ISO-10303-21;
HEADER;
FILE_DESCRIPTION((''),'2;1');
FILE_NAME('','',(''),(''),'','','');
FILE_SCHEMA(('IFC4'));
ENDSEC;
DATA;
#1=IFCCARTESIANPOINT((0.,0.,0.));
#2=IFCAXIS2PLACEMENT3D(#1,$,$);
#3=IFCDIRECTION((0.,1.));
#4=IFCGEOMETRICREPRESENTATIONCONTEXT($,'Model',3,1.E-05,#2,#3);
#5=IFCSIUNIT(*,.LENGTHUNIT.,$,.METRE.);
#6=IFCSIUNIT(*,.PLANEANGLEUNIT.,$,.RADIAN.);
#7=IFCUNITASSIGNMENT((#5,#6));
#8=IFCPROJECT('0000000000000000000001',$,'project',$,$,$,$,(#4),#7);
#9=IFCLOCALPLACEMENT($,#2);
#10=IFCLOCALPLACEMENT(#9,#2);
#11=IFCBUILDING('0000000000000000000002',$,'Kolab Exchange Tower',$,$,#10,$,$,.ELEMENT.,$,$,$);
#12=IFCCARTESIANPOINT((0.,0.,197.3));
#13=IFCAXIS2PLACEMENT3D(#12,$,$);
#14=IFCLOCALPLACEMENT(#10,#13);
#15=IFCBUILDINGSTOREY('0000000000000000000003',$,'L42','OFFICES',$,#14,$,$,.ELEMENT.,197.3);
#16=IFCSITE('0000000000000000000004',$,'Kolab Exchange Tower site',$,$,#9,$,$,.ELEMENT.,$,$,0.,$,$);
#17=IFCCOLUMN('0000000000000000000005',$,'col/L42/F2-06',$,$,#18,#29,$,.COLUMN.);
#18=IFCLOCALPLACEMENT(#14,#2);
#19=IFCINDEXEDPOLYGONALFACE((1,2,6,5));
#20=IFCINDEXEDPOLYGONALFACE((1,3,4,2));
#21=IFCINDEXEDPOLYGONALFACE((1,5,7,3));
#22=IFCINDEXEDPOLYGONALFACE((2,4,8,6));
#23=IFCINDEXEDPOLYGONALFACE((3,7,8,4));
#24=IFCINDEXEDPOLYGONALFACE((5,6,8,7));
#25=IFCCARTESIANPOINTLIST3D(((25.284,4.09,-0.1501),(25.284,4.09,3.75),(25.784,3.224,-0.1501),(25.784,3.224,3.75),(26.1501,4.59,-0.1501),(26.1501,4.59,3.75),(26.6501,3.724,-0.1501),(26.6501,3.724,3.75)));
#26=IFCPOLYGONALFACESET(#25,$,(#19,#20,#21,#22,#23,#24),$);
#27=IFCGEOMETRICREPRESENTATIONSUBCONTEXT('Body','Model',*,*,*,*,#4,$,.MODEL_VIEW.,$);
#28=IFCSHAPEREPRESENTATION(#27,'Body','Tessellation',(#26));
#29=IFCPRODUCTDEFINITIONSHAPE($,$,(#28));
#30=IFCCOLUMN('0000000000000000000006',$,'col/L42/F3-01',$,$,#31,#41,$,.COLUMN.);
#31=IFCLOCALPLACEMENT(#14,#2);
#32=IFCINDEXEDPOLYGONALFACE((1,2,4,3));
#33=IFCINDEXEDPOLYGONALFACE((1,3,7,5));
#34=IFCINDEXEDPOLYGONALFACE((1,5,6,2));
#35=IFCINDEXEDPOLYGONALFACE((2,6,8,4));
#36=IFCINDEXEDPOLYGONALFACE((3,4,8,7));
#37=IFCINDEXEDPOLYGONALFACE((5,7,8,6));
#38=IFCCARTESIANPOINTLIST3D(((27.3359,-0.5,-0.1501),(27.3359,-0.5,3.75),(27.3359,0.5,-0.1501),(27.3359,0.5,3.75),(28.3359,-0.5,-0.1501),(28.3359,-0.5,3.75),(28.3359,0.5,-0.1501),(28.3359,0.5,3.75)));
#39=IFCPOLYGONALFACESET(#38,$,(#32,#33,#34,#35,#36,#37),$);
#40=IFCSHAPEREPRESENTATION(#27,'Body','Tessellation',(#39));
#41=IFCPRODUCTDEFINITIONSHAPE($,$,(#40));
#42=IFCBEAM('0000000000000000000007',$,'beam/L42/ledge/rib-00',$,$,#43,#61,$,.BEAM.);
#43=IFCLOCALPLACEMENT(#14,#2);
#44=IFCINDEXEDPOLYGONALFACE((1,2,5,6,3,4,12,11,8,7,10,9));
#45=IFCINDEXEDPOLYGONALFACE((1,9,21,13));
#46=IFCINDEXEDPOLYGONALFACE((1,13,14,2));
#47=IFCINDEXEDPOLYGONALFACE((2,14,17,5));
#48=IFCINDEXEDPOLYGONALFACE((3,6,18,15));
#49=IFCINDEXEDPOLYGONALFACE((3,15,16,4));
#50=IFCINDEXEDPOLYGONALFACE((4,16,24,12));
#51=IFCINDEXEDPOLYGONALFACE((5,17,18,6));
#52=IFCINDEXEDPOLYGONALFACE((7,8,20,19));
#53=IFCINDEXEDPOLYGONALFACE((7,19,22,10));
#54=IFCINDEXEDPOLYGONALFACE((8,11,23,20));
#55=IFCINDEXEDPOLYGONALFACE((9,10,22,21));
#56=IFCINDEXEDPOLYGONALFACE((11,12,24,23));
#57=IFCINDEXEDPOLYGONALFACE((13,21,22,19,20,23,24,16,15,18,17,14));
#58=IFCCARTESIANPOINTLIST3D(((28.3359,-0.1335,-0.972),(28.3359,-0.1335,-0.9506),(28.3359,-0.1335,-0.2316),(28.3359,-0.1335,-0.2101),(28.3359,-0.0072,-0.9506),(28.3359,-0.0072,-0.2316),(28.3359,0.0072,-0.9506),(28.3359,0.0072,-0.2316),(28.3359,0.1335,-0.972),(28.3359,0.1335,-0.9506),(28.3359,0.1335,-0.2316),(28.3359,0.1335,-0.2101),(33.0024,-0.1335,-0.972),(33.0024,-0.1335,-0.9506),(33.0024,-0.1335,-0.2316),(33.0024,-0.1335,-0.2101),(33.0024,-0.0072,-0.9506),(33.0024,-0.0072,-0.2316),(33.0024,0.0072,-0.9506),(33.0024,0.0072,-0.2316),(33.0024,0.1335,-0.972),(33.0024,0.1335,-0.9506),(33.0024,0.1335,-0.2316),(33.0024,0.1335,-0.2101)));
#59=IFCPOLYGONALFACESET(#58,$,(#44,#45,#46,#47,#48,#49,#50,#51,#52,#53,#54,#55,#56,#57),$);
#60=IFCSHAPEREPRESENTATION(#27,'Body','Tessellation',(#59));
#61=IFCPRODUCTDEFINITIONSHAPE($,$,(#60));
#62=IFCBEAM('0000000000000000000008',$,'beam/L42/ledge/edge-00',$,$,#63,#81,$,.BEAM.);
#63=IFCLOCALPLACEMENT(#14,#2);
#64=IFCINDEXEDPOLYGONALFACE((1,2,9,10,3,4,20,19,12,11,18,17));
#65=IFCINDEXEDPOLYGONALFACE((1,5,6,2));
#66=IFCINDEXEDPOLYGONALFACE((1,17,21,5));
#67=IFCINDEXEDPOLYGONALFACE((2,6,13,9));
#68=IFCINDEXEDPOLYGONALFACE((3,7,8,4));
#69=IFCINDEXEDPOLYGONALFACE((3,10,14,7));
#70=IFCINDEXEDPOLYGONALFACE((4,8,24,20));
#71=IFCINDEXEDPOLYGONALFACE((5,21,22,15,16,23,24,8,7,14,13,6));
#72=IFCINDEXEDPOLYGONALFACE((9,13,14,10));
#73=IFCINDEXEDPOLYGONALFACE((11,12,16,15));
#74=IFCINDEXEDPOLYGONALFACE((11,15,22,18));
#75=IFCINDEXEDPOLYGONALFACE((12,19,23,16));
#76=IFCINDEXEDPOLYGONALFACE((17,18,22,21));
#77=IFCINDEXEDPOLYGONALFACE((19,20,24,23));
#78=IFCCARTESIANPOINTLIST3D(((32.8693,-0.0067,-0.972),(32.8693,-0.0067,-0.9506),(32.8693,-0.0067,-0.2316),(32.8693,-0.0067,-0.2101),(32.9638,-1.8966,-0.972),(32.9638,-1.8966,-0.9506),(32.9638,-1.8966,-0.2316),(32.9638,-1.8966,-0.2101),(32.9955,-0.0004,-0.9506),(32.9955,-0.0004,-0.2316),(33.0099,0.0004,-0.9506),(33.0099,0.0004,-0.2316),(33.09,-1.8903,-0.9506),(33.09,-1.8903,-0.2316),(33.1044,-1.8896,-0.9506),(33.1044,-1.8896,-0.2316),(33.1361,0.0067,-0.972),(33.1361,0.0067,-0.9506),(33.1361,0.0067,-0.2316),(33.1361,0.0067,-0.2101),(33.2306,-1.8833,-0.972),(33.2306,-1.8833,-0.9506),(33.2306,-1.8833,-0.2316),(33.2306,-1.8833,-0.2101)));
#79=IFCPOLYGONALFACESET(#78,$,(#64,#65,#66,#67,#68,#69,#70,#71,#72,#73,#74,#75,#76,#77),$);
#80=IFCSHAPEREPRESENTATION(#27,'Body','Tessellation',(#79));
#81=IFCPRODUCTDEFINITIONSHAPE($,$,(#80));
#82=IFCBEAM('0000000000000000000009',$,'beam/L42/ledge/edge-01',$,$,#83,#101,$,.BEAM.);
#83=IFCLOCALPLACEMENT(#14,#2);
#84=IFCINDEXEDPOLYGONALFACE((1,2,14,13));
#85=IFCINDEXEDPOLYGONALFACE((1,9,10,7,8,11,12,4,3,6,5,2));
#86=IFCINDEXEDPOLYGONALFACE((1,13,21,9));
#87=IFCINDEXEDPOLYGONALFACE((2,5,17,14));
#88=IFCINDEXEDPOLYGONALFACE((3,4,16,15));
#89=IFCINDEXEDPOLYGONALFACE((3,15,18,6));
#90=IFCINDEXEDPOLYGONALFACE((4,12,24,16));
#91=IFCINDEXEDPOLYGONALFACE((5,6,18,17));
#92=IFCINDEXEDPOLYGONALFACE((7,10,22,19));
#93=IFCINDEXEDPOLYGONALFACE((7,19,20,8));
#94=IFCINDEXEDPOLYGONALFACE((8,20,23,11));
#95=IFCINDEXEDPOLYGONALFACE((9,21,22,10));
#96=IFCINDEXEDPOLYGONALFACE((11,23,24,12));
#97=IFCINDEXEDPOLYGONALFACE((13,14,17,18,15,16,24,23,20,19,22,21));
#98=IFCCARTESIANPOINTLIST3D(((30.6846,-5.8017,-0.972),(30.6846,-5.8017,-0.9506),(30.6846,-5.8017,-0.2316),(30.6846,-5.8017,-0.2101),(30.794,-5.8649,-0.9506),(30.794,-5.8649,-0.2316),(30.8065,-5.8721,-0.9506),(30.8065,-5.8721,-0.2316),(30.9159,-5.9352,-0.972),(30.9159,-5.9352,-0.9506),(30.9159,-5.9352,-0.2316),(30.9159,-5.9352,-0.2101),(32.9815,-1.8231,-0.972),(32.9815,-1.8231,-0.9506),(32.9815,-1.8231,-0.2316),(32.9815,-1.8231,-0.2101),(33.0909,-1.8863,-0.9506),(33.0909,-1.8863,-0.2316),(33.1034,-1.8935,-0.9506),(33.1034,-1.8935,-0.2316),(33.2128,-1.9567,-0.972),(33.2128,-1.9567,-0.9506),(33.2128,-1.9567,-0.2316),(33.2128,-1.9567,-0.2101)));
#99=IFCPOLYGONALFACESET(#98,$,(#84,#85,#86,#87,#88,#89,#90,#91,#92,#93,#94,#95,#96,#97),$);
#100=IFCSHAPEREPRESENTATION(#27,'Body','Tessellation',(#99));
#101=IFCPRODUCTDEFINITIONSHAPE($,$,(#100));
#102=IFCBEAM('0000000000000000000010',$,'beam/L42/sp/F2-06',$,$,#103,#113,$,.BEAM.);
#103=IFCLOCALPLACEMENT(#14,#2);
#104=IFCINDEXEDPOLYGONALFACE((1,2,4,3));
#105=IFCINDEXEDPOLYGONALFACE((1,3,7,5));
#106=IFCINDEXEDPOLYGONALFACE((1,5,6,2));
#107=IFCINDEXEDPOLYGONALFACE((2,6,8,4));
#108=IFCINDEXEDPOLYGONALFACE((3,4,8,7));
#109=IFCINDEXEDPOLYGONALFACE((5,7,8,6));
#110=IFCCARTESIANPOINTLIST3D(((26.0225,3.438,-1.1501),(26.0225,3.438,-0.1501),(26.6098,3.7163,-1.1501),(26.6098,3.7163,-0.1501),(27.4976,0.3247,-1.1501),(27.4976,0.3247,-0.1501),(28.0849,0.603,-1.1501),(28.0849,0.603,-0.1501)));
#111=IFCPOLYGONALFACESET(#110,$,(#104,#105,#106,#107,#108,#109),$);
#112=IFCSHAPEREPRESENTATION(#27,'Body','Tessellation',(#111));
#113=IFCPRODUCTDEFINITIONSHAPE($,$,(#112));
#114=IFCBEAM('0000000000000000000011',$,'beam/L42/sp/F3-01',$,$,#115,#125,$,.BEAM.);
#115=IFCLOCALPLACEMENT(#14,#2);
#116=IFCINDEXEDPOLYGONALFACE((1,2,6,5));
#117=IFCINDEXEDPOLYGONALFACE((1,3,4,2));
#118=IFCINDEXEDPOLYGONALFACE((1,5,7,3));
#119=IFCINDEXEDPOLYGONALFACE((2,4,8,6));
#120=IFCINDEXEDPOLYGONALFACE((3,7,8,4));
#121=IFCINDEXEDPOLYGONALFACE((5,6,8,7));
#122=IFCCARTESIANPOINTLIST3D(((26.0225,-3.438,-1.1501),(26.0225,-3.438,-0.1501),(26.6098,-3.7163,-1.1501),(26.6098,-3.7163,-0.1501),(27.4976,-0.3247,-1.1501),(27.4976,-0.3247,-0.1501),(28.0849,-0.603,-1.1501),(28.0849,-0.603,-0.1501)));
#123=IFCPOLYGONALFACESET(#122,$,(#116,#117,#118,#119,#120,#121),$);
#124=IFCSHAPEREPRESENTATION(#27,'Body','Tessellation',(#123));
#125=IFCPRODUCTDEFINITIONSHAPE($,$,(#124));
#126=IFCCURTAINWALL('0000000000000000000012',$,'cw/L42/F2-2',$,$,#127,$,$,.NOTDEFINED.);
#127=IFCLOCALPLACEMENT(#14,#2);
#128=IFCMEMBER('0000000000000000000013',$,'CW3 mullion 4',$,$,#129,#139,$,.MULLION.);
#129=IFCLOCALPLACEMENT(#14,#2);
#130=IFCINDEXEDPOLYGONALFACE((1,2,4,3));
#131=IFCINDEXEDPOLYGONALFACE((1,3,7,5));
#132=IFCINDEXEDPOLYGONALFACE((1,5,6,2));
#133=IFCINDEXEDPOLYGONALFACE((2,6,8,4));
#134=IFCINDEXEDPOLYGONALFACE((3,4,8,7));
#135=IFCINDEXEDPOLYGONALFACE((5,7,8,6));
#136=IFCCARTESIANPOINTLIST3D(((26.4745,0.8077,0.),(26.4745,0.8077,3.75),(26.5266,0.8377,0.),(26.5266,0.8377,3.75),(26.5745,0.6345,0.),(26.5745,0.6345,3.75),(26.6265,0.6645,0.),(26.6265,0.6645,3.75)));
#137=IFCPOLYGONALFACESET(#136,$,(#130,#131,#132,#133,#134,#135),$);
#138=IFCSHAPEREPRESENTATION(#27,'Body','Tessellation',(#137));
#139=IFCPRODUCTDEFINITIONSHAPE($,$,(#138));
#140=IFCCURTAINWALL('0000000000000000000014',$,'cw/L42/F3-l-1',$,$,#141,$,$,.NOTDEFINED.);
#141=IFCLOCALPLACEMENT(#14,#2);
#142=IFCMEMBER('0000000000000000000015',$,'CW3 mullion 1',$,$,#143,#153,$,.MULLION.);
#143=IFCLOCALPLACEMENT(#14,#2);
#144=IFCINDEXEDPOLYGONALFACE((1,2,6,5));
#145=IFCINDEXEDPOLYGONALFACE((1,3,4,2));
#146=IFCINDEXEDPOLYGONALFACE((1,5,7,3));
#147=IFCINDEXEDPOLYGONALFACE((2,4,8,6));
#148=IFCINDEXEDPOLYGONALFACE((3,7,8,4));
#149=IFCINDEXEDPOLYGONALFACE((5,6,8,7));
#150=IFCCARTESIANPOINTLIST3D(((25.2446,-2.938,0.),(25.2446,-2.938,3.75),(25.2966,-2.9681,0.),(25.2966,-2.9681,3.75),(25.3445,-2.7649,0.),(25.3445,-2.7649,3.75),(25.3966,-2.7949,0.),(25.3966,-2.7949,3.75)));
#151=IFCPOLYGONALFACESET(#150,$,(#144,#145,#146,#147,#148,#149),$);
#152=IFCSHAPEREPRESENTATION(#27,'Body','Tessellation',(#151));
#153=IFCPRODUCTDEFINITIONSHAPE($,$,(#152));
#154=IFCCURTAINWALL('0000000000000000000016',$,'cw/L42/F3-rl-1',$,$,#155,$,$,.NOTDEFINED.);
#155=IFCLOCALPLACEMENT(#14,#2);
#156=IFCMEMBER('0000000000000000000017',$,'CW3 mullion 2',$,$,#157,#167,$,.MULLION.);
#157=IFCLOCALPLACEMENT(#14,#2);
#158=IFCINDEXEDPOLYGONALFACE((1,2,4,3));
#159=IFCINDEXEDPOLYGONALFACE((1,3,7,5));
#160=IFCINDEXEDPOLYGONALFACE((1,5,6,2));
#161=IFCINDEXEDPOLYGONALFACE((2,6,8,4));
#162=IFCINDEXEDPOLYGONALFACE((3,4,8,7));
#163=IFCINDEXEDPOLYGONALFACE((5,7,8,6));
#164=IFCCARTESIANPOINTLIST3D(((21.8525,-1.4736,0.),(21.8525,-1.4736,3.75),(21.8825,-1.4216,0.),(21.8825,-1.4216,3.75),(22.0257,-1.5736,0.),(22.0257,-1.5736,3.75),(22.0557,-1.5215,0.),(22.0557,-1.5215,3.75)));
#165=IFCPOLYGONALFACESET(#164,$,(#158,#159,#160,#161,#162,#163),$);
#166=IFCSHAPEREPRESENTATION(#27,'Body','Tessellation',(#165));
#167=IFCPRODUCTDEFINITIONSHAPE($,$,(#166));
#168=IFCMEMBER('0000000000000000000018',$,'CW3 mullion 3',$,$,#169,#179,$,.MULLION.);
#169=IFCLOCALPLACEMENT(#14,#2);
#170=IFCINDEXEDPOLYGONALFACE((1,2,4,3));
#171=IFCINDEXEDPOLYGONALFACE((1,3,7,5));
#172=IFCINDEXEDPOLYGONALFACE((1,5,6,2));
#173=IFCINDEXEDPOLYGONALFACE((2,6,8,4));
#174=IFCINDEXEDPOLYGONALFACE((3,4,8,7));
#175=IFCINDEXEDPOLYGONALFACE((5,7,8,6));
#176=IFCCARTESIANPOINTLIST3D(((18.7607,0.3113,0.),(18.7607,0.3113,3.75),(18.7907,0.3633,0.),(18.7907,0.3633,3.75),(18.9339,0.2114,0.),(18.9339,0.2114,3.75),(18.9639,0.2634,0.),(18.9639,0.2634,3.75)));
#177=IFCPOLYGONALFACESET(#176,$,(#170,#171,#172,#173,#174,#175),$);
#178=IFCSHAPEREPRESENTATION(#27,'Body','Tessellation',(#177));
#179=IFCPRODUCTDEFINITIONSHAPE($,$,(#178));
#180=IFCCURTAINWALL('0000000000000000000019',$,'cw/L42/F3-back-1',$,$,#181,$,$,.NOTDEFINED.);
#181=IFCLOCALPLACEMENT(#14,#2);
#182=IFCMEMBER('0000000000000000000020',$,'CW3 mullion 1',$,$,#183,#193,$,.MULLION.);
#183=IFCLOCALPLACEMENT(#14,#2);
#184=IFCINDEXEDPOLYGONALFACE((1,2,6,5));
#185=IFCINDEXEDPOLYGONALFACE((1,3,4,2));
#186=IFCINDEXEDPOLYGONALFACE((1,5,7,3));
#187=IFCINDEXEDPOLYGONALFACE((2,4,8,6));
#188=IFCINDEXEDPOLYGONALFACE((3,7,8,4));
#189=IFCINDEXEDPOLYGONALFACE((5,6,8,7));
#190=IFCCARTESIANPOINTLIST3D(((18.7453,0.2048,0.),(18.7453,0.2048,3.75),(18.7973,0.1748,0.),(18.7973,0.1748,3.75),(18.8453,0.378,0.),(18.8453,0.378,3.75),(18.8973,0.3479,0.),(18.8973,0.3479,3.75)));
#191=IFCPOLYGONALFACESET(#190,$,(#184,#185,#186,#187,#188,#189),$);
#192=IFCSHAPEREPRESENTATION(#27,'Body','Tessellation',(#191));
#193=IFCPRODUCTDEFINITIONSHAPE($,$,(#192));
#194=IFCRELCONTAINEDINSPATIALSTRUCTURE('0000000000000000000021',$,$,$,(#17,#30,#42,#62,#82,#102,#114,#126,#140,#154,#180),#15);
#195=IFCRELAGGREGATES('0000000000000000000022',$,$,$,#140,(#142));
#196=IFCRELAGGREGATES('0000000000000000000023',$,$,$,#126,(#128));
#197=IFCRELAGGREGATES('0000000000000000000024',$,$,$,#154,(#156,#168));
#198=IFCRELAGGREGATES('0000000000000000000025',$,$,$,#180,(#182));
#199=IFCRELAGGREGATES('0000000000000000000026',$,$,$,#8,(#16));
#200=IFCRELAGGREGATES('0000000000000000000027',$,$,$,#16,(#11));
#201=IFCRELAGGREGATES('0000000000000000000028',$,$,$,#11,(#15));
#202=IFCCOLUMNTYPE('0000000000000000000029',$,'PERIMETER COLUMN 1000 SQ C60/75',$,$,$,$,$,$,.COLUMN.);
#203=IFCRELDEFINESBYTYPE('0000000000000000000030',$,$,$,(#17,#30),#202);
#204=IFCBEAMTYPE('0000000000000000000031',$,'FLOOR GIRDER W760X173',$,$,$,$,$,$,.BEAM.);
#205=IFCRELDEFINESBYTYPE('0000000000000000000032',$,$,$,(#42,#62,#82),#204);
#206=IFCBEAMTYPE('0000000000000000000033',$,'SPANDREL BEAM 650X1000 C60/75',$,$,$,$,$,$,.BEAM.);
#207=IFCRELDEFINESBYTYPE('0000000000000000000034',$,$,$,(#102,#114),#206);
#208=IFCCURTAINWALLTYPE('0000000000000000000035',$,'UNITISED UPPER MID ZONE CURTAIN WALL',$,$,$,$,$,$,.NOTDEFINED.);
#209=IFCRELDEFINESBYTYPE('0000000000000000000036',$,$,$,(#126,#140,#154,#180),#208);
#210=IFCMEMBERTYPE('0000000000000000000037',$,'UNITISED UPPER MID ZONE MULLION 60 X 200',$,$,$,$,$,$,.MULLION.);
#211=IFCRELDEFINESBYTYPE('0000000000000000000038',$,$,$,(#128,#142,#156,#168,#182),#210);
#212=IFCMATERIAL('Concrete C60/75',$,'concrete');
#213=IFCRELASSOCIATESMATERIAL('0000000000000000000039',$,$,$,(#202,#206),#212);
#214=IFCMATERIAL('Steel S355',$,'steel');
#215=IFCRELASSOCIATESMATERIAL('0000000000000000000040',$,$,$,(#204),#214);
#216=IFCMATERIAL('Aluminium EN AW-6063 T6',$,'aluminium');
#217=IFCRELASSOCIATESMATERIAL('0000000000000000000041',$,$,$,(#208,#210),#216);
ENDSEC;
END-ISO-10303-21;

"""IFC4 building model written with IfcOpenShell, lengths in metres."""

from ifc_helpers import new_model, si_unit, direction, frame, origin, origin_2d, place, context, subcontext, project, spatial, rectangle, i_section, extrude, material, material_profile, profile_set, type_object, element, aggregate, save


model = new_model("IFC4")

# Units and contexts
model_context = context("Model", 3, precision=1e-05, world=origin(), true_north=direction((0.0, 1.0)))
body_context = subcontext(model_context, "Body", "Model", "MODEL_VIEW")
ifc_project = project(units=[si_unit("LENGTHUNIT", "METRE"), si_unit("PLANEANGLEUNIT", "RADIAN")], contexts=[model_context])

# Site, building, storey
site_placement = place(None, origin())
site = spatial("IfcSite", under=ifc_project, at=site_placement, Name="Kolab Exchange Tower site", CompositionType="ELEMENT", RefElevation=0.0)
building_placement = place(site_placement, origin())
building = spatial("IfcBuilding", under=site, at=building_placement, Name="Kolab Exchange Tower", CompositionType="ELEMENT")
storey_placement = place(building_placement, frame((0.0, 0.0, 197.3)))
storey = spatial("IfcBuildingStorey", under=building, at=storey_placement, Name="L42", Description="OFFICES", CompositionType="ELEMENT", Elevation=197.3)

# Columns
ifc_material_1 = material(Name="Concrete C60/75", Category="concrete")
ifc_material_profile_1 = material_profile(ifc_material_1, rectangle(XDim=1.0, YDim=1.0, at=origin_2d()), Name="RC1000")
ifc_profile_set_1 = profile_set([ifc_material_profile_1], Name="Concrete C60/75")
column_type = type_object("IfcColumnType", Name="PERIMETER COLUMN 1000 SQ C60/75", PredefinedType="COLUMN", material=ifc_profile_set_1)
for number, where, z_axis, x_axis, name in (
    (1, (25.967, 3.907, -0.1501), (0.0, 0.0, 1.0), (0.866025, 0.5, 0.0), "col/L42/F2-06"),
    (2, (27.8359, 0.0, -0.1501), (0.0, 0.0, 1.0), (1.0, 0.0, 0.0), "col/L42/F3-01"),
):
    element("IfcColumn", number, at=place(storey_placement, frame(where, z_axis=z_axis, x_axis=x_axis)), inside=storey, type_object=column_type, Name=name, PredefinedType="COLUMN", context=body_context, shape_type="SweptSolid", body=[
        extrude(rectangle(XDim=1.0, YDim=1.0, at=origin_2d()), origin(), (0.0, 0.0, 1.0), 3.9001),
    ])

# Beams
ifc_material_2 = material(Name="Steel S355", Category="steel")
ifc_material_profile_2 = material_profile(ifc_material_2, i_section(OverallWidth=0.2671, OverallDepth=0.762, WebThickness=0.0144, FlangeThickness=0.0215, at=origin_2d()), Name="W760X173")
ifc_profile_set_2 = profile_set([ifc_material_profile_2], Name="Steel S355")
beam_type_1 = type_object("IfcBeamType", Name="FLOOR GIRDER W760X173", PredefinedType="BEAM", material=ifc_profile_set_2)
beam_1_placement = place(storey_placement, frame((28.3359, 0.0, -0.5911), z_axis=(1.0, 0.0, 0.0), x_axis=(0.0, 1.0, 0.0)))
element("IfcBeam", 3, at=beam_1_placement, inside=storey, type_object=beam_type_1, Name="beam/L42/ledge/rib-00", PredefinedType="BEAM", context=body_context, shape_type="SweptSolid", body=[
    extrude(i_section(OverallWidth=0.2671, OverallDepth=0.762, WebThickness=0.0144, FlangeThickness=0.0215, at=origin_2d()), origin(), (0.0, 0.0, 1.0), 4.6665),
])
beam_2_placement = place(storey_placement, frame((33.0027, 0.0, -0.5911), z_axis=(0.049931, -0.998753, 0.0), x_axis=(0.998753, 0.049931, 0.0)))
element("IfcBeam", 4, at=beam_2_placement, inside=storey, type_object=beam_type_1, Name="beam/L42/ledge/edge-00", PredefinedType="BEAM", context=body_context, shape_type="SweptSolid", body=[
    extrude(i_section(OverallWidth=0.2671, OverallDepth=0.762, WebThickness=0.0144, FlangeThickness=0.0215, at=origin_2d()), origin(), (0.0, 0.0, 1.0), 1.8923),
])
beam_3_placement = place(storey_placement, frame((33.0972, -1.8899, -0.5911), z_axis=(-0.49998, -0.866037, 0.0), x_axis=(0.866037, -0.49998, 0.0)))
element("IfcBeam", 5, at=beam_3_placement, inside=storey, type_object=beam_type_1, Name="beam/L42/ledge/edge-01", PredefinedType="BEAM", context=body_context, shape_type="SweptSolid", body=[
    extrude(i_section(OverallWidth=0.2671, OverallDepth=0.762, WebThickness=0.0144, FlangeThickness=0.0215, at=origin_2d()), origin(), (0.0, 0.0, 1.0), 4.594),
])
ifc_material_profile_3 = material_profile(ifc_material_1, rectangle(XDim=0.6499, YDim=1.0, at=origin_2d()), Name="RC650X1000")
ifc_profile_set_3 = profile_set([ifc_material_profile_3], Name="Concrete C60/75")
beam_type_2 = type_object("IfcBeamType", Name="SPANDREL BEAM 650X1000 C60/75", PredefinedType="BEAM", material=ifc_profile_set_3)
for number, where, z_axis, x_axis, name in (
    (6, (26.3162, 3.5771, -0.6501), (0.428178, -0.903695, 0.0), (0.903695, 0.428178, 0.0), "beam/L42/sp/F2-06"),
    (7, (27.7913, -0.4639, -0.6501), (-0.428178, -0.903695, 0.0), (0.903695, -0.428178, 0.0), "beam/L42/sp/F3-01"),
):
    element("IfcBeam", number, at=place(storey_placement, frame(where, z_axis=z_axis, x_axis=x_axis)), inside=storey, type_object=beam_type_2, Name=name, PredefinedType="BEAM", context=body_context, shape_type="SweptSolid", body=[
        extrude(rectangle(XDim=0.6499, YDim=1.0, at=origin_2d()), origin(), (0.0, 0.0, 1.0), 3.4451),
    ])

# Curtain walls, members
ifc_material_3 = material(Name="Aluminium EN AW-6063 T6", Category="aluminium")
curtain_wall_type = type_object("IfcCurtainWallType", Name="UNITISED UPPER MID ZONE CURTAIN WALL", PredefinedType="NOTDEFINED", material=ifc_material_3)
curtain_wall_1_placement = place(storey_placement, origin())
curtain_wall_1 = element("IfcCurtainWall", 8, at=curtain_wall_1_placement, inside=storey, type_object=curtain_wall_type, Name="cw/L42/F2-2", PredefinedType="NOTDEFINED")
ifc_material_profile_4 = material_profile(ifc_material_3, rectangle(XDim=0.0601, YDim=0.2, at=origin_2d()), Name="RECT 60X200")
ifc_profile_set_4 = profile_set([ifc_material_profile_4], Name="Aluminium EN AW-6063 T6")
member_type_1 = type_object("IfcMemberType", Name="UNITISED UPPER MID ZONE MULLION 60 X 200", PredefinedType="MULLION", material=ifc_profile_set_4)
member_1_placement = place(storey_placement, frame((26.5505, 0.7361, 0.0), z_axis=(0.0, 0.0, 1.0), x_axis=(0.866025, 0.5, 0.0)))
member_1 = element("IfcMember", 9, at=member_1_placement, type_object=member_type_1, Name="CW3 mullion 4", PredefinedType="MULLION", context=body_context, shape_type="SweptSolid", body=[
    extrude(rectangle(XDim=0.0601, YDim=0.2, at=origin_2d()), origin(), (0.0, 0.0, 1.0), 3.75),
])
curtain_wall_2_placement = place(storey_placement, origin())
curtain_wall_2 = element("IfcCurtainWall", 10, at=curtain_wall_2_placement, inside=storey, type_object=curtain_wall_type, Name="cw/L42/F3-l-1", PredefinedType="NOTDEFINED")
member_2_placement = place(storey_placement, frame((25.3206, -2.8665, 0.0), z_axis=(0.0, 0.0, 1.0), x_axis=(0.866026, -0.499999, 0.0)))
member_2 = element("IfcMember", 11, at=member_2_placement, type_object=member_type_1, Name="CW3 mullion 1", PredefinedType="MULLION", context=body_context, shape_type="SweptSolid", body=[
    extrude(rectangle(XDim=0.0601, YDim=0.2, at=origin_2d()), origin(), (0.0, 0.0, 1.0), 3.75),
])
aggregate(curtain_wall_2, [member_2])

# Curtain wall, members
curtain_wall_3_placement = place(storey_placement, origin())
curtain_wall_3 = element("IfcCurtainWall", 12, at=curtain_wall_3_placement, inside=storey, type_object=curtain_wall_type, Name="cw/L42/F3-rl-1", PredefinedType="NOTDEFINED")
member_3_placement = place(storey_placement, frame((21.9541, -1.4976, 0.0), z_axis=(0.0, 0.0, 1.0), x_axis=(-0.5, -0.866025, 0.0)))
member_3 = element("IfcMember", 13, at=member_3_placement, type_object=member_type_1, Name="CW3 mullion 2", PredefinedType="MULLION", context=body_context, shape_type="SweptSolid", body=[
    extrude(rectangle(XDim=0.0601, YDim=0.2, at=origin_2d()), origin(), (0.0, 0.0, 1.0), 3.75),
])
member_4_placement = place(storey_placement, frame((18.8623, 0.2874, 0.0), z_axis=(0.0, 0.0, 1.0), x_axis=(-0.5, -0.866025, 0.0)))
member_4 = element("IfcMember", 14, at=member_4_placement, type_object=member_type_1, Name="CW3 mullion 3", PredefinedType="MULLION", context=body_context, shape_type="SweptSolid", body=[
    extrude(rectangle(XDim=0.0601, YDim=0.2, at=origin_2d()), origin(), (0.0, 0.0, 1.0), 3.75),
])

# Curtain wall, member
curtain_wall_4_placement = place(storey_placement, origin())
curtain_wall_4 = element("IfcCurtainWall", 15, at=curtain_wall_4_placement, inside=storey, type_object=curtain_wall_type, Name="cw/L42/F3-back-1", PredefinedType="NOTDEFINED")
member_5_placement = place(storey_placement, frame((18.8213, 0.2764, 0.0), z_axis=(0.0, 0.0, 1.0), x_axis=(0.866025, -0.5, 0.0)))
member_5 = element("IfcMember", 16, at=member_5_placement, type_object=member_type_1, Name="CW3 mullion 1", PredefinedType="MULLION", context=body_context, shape_type="SweptSolid", body=[
    extrude(rectangle(XDim=0.0601, YDim=0.2, at=origin_2d()), origin(), (0.0, 0.0, 1.0), 3.75),
])

aggregate(curtain_wall_1, [member_1])
aggregate(curtain_wall_3, [member_3, member_4])
aggregate(curtain_wall_4, [member_5])

save(model, "model.ifc")
